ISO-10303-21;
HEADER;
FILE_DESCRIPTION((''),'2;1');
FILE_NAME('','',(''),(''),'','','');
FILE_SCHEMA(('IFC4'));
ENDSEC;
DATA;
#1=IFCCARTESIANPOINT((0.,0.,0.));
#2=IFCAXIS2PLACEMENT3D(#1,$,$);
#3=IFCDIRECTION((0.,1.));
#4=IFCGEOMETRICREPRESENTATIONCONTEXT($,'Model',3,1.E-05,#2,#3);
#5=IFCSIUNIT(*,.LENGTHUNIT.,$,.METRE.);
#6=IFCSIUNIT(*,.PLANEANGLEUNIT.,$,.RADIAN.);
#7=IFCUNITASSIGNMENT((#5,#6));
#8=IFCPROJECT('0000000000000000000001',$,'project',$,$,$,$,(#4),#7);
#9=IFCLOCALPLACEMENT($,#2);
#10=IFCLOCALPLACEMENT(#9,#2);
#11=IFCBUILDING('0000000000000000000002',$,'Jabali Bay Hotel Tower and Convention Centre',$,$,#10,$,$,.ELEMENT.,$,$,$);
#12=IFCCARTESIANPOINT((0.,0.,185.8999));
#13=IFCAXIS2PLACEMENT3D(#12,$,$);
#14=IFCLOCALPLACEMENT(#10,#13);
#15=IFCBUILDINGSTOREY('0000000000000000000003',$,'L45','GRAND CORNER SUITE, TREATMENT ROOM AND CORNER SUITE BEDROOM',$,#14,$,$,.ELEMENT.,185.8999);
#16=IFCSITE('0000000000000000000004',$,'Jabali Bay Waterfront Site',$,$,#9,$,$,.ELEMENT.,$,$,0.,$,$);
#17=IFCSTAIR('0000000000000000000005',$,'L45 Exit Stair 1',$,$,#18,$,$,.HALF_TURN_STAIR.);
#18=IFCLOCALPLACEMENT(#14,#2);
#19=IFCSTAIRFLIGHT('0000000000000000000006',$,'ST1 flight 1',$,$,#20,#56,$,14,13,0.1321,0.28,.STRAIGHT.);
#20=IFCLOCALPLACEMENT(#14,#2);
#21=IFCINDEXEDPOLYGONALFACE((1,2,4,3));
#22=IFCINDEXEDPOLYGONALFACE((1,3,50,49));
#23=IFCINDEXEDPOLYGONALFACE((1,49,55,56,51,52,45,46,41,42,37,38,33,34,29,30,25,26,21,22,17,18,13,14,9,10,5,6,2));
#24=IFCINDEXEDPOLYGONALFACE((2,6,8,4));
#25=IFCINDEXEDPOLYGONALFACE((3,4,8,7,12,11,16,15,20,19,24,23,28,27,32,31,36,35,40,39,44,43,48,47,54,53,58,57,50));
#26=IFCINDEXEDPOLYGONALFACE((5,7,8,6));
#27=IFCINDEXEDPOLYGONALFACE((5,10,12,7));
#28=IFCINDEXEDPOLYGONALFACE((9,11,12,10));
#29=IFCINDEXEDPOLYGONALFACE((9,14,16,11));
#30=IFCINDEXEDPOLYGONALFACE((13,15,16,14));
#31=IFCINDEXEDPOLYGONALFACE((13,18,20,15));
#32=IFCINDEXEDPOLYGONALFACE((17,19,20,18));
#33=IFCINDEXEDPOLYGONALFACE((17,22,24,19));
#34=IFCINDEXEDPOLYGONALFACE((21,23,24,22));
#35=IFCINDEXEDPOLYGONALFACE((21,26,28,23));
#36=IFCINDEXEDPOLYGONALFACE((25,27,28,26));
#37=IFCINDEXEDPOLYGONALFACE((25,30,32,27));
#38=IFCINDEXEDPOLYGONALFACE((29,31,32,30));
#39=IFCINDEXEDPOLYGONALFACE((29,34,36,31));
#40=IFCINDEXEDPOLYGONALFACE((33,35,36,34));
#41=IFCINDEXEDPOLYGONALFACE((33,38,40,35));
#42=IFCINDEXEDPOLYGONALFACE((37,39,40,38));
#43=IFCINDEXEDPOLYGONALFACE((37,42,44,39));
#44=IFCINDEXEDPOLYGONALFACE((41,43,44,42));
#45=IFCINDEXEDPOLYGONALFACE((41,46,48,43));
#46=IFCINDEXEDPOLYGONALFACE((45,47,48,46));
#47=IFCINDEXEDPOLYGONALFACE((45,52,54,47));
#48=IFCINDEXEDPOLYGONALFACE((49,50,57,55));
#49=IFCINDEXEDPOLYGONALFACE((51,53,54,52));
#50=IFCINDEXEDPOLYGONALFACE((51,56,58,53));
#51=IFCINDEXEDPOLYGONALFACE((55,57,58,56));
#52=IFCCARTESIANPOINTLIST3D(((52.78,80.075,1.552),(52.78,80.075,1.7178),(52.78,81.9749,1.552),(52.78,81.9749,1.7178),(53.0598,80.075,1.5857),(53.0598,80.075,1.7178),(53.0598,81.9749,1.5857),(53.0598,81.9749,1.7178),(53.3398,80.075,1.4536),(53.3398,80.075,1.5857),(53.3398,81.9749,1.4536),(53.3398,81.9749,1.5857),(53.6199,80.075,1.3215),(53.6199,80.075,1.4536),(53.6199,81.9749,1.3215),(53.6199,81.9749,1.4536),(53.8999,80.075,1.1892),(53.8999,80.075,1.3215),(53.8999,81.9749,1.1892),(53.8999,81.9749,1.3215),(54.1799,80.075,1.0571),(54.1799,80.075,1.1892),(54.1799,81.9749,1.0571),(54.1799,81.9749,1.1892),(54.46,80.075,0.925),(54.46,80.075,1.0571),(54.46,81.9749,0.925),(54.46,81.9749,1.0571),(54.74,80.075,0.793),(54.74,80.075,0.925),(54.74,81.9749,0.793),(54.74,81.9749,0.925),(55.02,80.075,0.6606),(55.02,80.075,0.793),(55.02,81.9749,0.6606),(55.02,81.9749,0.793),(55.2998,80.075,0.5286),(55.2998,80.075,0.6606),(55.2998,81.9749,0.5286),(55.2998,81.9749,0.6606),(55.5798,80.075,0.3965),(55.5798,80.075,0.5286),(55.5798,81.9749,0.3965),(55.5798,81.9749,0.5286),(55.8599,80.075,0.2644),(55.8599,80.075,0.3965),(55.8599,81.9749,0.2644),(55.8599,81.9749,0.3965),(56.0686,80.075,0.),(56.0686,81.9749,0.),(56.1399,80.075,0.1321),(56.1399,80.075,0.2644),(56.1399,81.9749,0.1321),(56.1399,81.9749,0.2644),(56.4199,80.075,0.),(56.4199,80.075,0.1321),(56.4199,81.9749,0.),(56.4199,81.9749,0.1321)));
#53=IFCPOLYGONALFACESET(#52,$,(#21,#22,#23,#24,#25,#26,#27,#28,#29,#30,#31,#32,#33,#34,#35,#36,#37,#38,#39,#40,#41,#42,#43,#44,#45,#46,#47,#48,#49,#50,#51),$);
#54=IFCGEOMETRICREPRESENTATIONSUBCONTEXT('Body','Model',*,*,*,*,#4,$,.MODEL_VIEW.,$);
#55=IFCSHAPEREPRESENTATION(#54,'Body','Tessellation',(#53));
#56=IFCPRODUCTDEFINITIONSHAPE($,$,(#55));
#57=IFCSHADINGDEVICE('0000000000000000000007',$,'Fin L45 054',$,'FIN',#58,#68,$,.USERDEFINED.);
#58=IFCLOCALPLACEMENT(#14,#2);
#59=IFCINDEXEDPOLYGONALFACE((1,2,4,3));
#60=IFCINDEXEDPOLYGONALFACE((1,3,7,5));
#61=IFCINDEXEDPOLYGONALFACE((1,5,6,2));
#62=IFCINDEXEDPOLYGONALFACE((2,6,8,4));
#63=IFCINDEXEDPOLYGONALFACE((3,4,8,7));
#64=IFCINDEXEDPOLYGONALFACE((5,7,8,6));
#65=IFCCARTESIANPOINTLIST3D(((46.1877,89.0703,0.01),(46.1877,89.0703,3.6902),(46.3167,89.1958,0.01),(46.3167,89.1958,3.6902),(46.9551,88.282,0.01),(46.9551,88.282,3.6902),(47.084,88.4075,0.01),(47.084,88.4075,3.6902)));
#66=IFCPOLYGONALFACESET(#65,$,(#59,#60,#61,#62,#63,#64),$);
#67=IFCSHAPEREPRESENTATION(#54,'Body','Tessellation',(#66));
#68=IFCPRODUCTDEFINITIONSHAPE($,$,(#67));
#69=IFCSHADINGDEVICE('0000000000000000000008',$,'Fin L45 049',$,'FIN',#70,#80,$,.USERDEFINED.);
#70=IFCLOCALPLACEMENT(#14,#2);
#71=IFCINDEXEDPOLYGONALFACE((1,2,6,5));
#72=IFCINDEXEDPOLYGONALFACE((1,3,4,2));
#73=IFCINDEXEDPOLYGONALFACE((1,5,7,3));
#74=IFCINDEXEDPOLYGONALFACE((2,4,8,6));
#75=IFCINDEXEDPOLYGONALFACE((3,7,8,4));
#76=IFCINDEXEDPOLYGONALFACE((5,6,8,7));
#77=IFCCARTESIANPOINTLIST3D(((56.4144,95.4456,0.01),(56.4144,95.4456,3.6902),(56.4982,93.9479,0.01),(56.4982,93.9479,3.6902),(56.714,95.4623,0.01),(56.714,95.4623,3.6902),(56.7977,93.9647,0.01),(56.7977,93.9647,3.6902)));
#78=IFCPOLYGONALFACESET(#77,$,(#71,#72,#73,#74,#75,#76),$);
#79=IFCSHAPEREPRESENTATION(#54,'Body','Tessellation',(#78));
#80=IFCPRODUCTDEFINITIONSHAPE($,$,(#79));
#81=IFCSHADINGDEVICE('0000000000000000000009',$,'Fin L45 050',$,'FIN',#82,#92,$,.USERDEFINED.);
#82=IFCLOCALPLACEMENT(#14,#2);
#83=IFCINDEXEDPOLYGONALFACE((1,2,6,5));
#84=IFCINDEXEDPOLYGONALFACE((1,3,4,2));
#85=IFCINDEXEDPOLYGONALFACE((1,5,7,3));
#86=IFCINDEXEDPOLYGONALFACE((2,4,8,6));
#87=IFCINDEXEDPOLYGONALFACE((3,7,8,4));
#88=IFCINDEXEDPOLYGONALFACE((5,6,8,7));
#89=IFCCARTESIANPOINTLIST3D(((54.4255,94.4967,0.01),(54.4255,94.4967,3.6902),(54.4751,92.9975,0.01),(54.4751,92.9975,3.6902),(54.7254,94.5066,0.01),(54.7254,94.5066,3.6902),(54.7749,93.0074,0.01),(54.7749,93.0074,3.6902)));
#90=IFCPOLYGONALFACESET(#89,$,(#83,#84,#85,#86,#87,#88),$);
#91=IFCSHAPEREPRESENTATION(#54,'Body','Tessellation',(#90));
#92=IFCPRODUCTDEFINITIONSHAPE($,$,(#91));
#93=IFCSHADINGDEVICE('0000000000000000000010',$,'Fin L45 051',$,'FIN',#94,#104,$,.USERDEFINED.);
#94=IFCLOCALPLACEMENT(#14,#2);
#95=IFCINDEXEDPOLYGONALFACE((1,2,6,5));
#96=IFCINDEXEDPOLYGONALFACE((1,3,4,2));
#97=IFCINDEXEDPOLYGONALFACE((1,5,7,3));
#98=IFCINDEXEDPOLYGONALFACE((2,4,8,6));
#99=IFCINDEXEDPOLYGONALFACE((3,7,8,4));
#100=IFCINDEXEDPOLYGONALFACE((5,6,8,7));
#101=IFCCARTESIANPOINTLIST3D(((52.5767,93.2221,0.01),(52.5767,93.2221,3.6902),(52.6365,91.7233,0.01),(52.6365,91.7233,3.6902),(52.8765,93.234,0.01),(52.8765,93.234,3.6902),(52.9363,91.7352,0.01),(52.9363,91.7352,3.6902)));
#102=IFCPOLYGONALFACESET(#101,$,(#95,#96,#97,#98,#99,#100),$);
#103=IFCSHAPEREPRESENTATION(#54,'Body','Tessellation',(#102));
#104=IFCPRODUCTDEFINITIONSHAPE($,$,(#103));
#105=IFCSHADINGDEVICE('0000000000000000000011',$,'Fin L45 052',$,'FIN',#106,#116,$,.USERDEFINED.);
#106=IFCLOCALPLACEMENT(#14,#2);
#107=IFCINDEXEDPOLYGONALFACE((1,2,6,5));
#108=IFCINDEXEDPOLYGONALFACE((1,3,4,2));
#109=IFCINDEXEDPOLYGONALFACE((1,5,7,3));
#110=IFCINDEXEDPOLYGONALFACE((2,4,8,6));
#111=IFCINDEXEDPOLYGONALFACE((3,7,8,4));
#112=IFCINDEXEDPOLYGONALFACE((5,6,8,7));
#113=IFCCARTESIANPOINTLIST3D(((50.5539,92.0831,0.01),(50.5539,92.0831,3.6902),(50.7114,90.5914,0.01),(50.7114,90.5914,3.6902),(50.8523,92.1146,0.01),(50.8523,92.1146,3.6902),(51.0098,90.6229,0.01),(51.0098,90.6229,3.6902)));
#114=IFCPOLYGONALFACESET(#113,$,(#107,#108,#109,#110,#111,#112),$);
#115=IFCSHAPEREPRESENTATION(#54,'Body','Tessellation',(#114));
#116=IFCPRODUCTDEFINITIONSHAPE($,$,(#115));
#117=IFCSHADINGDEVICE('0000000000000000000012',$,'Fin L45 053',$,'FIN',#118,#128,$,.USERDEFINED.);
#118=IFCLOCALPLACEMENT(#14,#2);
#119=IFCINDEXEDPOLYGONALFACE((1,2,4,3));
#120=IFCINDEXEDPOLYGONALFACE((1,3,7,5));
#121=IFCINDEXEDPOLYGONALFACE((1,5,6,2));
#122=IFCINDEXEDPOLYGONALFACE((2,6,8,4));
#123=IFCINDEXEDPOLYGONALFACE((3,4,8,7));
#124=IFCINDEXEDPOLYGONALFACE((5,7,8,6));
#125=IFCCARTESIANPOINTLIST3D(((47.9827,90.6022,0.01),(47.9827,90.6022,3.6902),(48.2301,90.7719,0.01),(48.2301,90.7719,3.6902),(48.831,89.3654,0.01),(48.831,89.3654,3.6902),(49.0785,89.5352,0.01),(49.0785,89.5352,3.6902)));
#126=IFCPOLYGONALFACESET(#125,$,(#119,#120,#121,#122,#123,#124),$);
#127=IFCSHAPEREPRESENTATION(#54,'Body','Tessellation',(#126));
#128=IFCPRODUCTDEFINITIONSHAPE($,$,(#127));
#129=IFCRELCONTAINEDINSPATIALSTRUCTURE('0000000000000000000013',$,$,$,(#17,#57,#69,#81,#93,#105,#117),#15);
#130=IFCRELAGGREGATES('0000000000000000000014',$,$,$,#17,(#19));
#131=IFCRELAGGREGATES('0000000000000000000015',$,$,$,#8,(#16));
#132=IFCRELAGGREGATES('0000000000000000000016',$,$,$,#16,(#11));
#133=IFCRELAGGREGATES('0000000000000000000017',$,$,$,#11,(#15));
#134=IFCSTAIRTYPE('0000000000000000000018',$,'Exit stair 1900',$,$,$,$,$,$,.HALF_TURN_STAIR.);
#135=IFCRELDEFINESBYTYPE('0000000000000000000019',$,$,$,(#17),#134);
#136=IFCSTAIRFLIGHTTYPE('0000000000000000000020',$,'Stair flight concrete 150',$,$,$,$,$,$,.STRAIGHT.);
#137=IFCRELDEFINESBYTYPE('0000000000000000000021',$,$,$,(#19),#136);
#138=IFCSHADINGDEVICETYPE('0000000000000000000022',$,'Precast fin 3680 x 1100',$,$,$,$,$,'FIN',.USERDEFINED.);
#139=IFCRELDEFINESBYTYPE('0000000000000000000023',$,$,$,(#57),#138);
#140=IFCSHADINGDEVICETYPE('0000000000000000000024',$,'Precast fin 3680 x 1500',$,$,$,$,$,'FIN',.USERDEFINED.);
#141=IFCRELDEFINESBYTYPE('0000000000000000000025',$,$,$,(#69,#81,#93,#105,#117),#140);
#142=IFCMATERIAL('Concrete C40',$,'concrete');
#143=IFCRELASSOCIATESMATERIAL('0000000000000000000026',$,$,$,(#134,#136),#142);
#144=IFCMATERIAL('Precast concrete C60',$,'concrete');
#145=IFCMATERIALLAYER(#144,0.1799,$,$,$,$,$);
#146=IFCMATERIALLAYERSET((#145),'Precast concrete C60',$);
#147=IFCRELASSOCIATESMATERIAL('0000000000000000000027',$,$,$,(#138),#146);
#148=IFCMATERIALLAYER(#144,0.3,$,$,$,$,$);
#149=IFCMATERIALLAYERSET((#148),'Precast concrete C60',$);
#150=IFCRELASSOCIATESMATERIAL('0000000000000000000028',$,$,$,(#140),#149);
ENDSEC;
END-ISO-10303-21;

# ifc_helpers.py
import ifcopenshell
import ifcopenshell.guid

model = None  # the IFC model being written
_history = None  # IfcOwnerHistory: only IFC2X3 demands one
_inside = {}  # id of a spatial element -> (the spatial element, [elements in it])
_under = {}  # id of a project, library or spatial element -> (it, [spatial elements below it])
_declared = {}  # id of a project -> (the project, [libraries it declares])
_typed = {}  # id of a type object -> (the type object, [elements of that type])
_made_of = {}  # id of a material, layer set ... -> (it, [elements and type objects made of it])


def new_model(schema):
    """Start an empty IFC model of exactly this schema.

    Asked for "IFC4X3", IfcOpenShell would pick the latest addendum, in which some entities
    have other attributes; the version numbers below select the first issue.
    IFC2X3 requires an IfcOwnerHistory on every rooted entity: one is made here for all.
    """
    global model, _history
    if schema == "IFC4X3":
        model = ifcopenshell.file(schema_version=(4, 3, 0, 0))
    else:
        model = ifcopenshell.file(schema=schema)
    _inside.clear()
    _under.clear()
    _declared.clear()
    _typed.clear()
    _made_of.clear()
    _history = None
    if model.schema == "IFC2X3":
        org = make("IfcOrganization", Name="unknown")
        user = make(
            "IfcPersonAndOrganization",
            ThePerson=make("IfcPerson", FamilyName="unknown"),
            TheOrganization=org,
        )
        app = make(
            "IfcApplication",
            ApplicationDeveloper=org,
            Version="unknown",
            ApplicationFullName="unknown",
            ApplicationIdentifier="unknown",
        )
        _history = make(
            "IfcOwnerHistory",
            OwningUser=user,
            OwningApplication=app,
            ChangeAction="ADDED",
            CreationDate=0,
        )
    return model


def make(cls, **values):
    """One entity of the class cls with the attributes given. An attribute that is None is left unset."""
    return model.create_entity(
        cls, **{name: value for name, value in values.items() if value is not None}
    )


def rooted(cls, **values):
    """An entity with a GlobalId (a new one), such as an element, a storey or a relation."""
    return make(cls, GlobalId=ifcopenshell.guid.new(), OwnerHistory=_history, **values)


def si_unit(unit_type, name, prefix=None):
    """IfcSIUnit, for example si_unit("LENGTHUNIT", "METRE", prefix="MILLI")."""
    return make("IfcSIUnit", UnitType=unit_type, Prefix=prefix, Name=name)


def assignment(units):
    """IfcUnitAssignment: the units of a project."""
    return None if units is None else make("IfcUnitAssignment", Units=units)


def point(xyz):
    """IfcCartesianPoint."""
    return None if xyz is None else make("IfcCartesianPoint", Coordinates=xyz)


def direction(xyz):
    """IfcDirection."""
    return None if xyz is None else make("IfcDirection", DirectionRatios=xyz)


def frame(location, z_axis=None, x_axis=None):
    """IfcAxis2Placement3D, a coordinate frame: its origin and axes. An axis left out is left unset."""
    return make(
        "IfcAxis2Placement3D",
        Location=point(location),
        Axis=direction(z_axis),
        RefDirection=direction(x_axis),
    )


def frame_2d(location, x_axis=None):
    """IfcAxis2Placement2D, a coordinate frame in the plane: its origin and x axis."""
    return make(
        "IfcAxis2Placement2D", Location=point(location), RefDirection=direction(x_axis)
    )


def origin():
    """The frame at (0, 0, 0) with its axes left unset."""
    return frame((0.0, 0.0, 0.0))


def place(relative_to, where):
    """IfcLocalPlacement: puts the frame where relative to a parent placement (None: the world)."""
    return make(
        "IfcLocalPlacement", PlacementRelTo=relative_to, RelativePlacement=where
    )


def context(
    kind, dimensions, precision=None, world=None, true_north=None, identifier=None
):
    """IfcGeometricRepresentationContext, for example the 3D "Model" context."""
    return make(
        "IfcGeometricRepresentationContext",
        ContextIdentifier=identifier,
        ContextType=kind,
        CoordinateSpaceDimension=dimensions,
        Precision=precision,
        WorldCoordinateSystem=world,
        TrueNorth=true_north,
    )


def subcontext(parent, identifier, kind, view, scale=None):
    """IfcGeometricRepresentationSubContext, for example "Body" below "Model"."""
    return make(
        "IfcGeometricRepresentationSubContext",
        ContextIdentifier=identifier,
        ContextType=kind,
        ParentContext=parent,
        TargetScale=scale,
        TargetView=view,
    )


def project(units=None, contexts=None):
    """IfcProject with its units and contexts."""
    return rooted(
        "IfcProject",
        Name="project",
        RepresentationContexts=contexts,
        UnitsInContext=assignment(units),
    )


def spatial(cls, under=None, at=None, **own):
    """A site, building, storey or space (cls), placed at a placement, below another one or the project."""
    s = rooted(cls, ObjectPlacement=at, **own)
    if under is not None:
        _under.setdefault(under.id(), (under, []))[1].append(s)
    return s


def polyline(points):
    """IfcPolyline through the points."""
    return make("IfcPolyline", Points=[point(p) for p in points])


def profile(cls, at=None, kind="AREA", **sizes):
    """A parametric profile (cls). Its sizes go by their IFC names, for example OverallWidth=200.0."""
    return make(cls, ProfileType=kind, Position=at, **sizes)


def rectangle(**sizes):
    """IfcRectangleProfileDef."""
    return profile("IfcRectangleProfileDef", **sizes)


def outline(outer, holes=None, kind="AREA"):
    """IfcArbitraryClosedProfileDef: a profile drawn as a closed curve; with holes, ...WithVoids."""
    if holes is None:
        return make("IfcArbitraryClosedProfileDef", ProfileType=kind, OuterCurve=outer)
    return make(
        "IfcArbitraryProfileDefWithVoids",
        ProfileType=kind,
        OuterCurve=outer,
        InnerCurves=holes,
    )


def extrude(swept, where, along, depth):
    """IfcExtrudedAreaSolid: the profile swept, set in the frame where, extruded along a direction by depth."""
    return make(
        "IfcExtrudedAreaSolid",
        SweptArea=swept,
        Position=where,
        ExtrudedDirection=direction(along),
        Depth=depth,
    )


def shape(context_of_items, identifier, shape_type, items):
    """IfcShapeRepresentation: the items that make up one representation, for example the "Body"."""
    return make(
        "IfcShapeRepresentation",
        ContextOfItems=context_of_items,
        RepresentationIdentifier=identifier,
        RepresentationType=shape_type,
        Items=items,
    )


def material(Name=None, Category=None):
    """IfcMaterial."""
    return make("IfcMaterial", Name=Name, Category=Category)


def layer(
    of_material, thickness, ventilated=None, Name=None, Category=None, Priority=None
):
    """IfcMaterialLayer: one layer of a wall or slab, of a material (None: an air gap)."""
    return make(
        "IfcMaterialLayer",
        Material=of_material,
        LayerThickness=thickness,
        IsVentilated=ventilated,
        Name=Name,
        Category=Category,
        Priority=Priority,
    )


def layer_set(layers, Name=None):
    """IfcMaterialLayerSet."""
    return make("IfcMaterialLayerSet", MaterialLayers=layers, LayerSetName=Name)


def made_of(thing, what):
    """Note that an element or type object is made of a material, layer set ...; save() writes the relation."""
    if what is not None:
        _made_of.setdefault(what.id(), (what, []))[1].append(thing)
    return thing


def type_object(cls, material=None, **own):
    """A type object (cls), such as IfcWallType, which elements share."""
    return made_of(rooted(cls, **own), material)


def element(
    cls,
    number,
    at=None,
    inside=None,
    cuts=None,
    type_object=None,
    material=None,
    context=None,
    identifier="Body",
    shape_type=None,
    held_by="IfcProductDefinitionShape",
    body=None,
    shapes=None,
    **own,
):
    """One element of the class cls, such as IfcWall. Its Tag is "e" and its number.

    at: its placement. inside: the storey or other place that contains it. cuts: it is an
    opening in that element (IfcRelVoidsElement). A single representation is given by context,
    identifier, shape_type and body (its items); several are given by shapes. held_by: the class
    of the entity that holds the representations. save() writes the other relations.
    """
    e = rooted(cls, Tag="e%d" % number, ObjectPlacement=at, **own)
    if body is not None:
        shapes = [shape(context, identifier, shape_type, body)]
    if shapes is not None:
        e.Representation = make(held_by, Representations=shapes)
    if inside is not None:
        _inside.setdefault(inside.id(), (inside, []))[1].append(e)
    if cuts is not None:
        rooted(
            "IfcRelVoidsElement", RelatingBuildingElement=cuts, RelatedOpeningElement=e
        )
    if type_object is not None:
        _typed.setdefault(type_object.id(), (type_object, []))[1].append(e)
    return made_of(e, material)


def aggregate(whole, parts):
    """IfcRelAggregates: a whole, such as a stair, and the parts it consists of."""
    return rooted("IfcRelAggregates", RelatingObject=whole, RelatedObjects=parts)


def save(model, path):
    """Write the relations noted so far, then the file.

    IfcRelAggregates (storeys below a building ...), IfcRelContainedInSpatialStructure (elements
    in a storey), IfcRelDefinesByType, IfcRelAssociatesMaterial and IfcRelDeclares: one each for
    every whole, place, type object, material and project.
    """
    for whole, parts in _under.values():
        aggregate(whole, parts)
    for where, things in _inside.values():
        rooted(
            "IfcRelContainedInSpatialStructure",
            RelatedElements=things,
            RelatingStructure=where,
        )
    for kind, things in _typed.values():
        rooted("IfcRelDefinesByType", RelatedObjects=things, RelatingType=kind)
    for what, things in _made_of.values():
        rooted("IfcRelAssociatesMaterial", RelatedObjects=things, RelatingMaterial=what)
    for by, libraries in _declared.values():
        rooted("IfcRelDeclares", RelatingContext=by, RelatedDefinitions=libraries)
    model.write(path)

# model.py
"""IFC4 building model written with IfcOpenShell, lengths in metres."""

from ifc_helpers import new_model, si_unit, direction, frame, frame_2d, origin, place, context, subcontext, project, spatial, polyline, rectangle, outline, extrude, material, layer, layer_set, type_object, element, aggregate, save


model = new_model("IFC4")

# Units and contexts
model_context = context("Model", 3, precision=1e-05, world=origin(), true_north=direction((0.0, 1.0)))
body_context = subcontext(model_context, "Body", "Model", "MODEL_VIEW")
ifc_project = project(units=[si_unit("LENGTHUNIT", "METRE"), si_unit("PLANEANGLEUNIT", "RADIAN")], contexts=[model_context])

# Site, building, storey
site_placement = place(None, origin())
site = spatial("IfcSite", under=ifc_project, at=site_placement, Name="Jabali Bay Waterfront Site", CompositionType="ELEMENT", RefElevation=0.0)
building_placement = place(site_placement, origin())
building = spatial("IfcBuilding", under=site, at=building_placement, Name="Jabali Bay Hotel Tower and Convention Centre", CompositionType="ELEMENT")
storey_placement = place(building_placement, frame((0.0, 0.0, 185.8999)))
storey = spatial("IfcBuildingStorey", under=building, at=storey_placement, Name="L45", Description="GRAND CORNER SUITE, TREATMENT ROOM AND CORNER SUITE BEDROOM", CompositionType="ELEMENT", Elevation=185.8999)

# Shared definitions
ifc_material_1 = material(Name="Concrete C40", Category="concrete")

# Stair, stair flight
stair_type = type_object("IfcStairType", Name="Exit stair 1900", PredefinedType="HALF_TURN_STAIR", material=ifc_material_1)
stair_placement = place(storey_placement, origin())
stair = element("IfcStair", 1, at=stair_placement, inside=storey, type_object=stair_type, Name="L45 Exit Stair 1", PredefinedType="HALF_TURN_STAIR")
stair_flight_type = type_object("IfcStairFlightType", Name="Stair flight concrete 150", PredefinedType="STRAIGHT", material=ifc_material_1)
stair_flight_placement = place(storey_placement, frame((56.4199, 81.0249, 0.0), z_axis=(0.0, 0.0, 1.0), x_axis=(-1.0, 0.0, 0.0)))
stair_flight = element("IfcStairFlight", 2, at=stair_flight_placement, type_object=stair_flight_type, Name="ST1 flight 1", NumberOfRisers=14, NumberOfTreads=13, PredefinedType="STRAIGHT", RiserHeight=0.1321, TreadLength=0.28, context=body_context, shape_type="SweptSolid", body=[
    extrude(outline(polyline([(0.0, 0.0), (0.0, 0.1321), (0.28, 0.1321), (0.28, 0.2644), (0.5601, 0.2644), (0.5601, 0.3965), (0.8401, 0.3965), (0.8401, 0.5286), (1.1201, 0.5286), (1.1201, 0.6606), (1.3999, 0.6606), (1.3999, 0.793), (1.6799, 0.793), (1.6799, 0.925), (1.96, 0.925), (1.96, 1.0571), (2.24, 1.0571), (2.24, 1.1892), (2.52, 1.1892), (2.52, 1.3215), (2.8, 1.3215), (2.8, 1.4536), (3.0801, 1.4536), (3.0801, 1.5857), (3.3601, 1.5857), (3.3601, 1.7178), (3.6399, 1.7178), (3.6399, 1.8501), (3.6399, 1.552), (0.3513, 0.0), (0.0, 0.0)])), frame((0.0, 0.95, 0.0), z_axis=(0.0, -1.0, 0.0), x_axis=(1.0, 0.0, 0.0)), (0.0, 0.0, 1.0), 1.8999),
])
aggregate(stair, [stair_flight])

# Shading devices
ifc_material_2 = material(Name="Precast concrete C60", Category="concrete")
ifc_layer_1 = layer(ifc_material_2, 0.1799)
ifc_layer_set_1 = layer_set([ifc_layer_1], Name="Precast concrete C60")
shading_device_type_1 = type_object("IfcShadingDeviceType", Name="Precast fin 3680 x 1100", ElementType="FIN", PredefinedType="USERDEFINED", material=ifc_layer_set_1)
shading_device_1_placement = place(storey_placement, frame((47.0195, 88.3447, 0.01), z_axis=(0.0, 0.0, 1.0), x_axis=(-0.6975, 0.716585, 0.0)))
element("IfcShadingDevice", 3, at=shading_device_1_placement, inside=storey, type_object=shading_device_type_1, Name="Fin L45 054", ObjectType="FIN", PredefinedType="USERDEFINED", context=body_context, shape_type="SweptSolid", body=[
    extrude(rectangle(XDim=1.1001, YDim=0.1799, at=frame_2d((0.55, 0.0))), origin(), (0.0, 0.0, 1.0), 3.6802),
])
ifc_layer_2 = layer(ifc_material_2, 0.3)
ifc_layer_set_2 = layer_set([ifc_layer_2], Name="Precast concrete C60")
shading_device_type_2 = type_object("IfcShadingDeviceType", Name="Precast fin 3680 x 1500", ElementType="FIN", PredefinedType="USERDEFINED", material=ifc_layer_set_2)
for number, where, z_axis, x_axis, name in (
    (4, (56.6479, 93.9563, 0.01), (0.0, 0.0, 1.0), (-0.055831, 0.99844, 0.0), "Fin L45 049"),
    (5, (54.625, 93.0024, 0.01), (0.0, 0.0, 1.0), (-0.033038, 0.999454, 0.0), "Fin L45 050"),
    (6, (52.7864, 91.7292, 0.01), (0.0, 0.0, 1.0), (-0.039877, 0.999205, 0.0), "Fin L45 051"),
    (7, (50.8606, 90.6072, 0.01), (0.0, 0.0, 1.0), (-0.104981, 0.994474, 0.0), "Fin L45 052"),
):
    element("IfcShadingDevice", number, at=place(storey_placement, frame(where, z_axis=z_axis, x_axis=x_axis)), inside=storey, type_object=shading_device_type_2, Name=name, ObjectType="FIN", PredefinedType="USERDEFINED", context=body_context, shape_type="SweptSolid", body=[
        extrude(rectangle(XDim=1.5, YDim=0.3, at=frame_2d((0.75, 0.0))), origin(), (0.0, 0.0, 1.0), 3.6802),
    ])
shading_device_2_placement = place(storey_placement, frame((48.9548, 89.4502, 0.01), z_axis=(0.0, 0.0, 1.0), x_axis=(-0.565658, 0.82464, 0.0)))
element("IfcShadingDevice", 8, at=shading_device_2_placement, inside=storey, type_object=shading_device_type_2, Name="Fin L45 053", ObjectType="FIN", PredefinedType="USERDEFINED", context=body_context, shape_type="SweptSolid", body=[
    extrude(rectangle(XDim=1.4998, YDim=0.3, at=frame_2d((0.75, 0.0))), origin(), (0.0, 0.0, 1.0), 3.6802),
])

save(model, "model.ifc")
